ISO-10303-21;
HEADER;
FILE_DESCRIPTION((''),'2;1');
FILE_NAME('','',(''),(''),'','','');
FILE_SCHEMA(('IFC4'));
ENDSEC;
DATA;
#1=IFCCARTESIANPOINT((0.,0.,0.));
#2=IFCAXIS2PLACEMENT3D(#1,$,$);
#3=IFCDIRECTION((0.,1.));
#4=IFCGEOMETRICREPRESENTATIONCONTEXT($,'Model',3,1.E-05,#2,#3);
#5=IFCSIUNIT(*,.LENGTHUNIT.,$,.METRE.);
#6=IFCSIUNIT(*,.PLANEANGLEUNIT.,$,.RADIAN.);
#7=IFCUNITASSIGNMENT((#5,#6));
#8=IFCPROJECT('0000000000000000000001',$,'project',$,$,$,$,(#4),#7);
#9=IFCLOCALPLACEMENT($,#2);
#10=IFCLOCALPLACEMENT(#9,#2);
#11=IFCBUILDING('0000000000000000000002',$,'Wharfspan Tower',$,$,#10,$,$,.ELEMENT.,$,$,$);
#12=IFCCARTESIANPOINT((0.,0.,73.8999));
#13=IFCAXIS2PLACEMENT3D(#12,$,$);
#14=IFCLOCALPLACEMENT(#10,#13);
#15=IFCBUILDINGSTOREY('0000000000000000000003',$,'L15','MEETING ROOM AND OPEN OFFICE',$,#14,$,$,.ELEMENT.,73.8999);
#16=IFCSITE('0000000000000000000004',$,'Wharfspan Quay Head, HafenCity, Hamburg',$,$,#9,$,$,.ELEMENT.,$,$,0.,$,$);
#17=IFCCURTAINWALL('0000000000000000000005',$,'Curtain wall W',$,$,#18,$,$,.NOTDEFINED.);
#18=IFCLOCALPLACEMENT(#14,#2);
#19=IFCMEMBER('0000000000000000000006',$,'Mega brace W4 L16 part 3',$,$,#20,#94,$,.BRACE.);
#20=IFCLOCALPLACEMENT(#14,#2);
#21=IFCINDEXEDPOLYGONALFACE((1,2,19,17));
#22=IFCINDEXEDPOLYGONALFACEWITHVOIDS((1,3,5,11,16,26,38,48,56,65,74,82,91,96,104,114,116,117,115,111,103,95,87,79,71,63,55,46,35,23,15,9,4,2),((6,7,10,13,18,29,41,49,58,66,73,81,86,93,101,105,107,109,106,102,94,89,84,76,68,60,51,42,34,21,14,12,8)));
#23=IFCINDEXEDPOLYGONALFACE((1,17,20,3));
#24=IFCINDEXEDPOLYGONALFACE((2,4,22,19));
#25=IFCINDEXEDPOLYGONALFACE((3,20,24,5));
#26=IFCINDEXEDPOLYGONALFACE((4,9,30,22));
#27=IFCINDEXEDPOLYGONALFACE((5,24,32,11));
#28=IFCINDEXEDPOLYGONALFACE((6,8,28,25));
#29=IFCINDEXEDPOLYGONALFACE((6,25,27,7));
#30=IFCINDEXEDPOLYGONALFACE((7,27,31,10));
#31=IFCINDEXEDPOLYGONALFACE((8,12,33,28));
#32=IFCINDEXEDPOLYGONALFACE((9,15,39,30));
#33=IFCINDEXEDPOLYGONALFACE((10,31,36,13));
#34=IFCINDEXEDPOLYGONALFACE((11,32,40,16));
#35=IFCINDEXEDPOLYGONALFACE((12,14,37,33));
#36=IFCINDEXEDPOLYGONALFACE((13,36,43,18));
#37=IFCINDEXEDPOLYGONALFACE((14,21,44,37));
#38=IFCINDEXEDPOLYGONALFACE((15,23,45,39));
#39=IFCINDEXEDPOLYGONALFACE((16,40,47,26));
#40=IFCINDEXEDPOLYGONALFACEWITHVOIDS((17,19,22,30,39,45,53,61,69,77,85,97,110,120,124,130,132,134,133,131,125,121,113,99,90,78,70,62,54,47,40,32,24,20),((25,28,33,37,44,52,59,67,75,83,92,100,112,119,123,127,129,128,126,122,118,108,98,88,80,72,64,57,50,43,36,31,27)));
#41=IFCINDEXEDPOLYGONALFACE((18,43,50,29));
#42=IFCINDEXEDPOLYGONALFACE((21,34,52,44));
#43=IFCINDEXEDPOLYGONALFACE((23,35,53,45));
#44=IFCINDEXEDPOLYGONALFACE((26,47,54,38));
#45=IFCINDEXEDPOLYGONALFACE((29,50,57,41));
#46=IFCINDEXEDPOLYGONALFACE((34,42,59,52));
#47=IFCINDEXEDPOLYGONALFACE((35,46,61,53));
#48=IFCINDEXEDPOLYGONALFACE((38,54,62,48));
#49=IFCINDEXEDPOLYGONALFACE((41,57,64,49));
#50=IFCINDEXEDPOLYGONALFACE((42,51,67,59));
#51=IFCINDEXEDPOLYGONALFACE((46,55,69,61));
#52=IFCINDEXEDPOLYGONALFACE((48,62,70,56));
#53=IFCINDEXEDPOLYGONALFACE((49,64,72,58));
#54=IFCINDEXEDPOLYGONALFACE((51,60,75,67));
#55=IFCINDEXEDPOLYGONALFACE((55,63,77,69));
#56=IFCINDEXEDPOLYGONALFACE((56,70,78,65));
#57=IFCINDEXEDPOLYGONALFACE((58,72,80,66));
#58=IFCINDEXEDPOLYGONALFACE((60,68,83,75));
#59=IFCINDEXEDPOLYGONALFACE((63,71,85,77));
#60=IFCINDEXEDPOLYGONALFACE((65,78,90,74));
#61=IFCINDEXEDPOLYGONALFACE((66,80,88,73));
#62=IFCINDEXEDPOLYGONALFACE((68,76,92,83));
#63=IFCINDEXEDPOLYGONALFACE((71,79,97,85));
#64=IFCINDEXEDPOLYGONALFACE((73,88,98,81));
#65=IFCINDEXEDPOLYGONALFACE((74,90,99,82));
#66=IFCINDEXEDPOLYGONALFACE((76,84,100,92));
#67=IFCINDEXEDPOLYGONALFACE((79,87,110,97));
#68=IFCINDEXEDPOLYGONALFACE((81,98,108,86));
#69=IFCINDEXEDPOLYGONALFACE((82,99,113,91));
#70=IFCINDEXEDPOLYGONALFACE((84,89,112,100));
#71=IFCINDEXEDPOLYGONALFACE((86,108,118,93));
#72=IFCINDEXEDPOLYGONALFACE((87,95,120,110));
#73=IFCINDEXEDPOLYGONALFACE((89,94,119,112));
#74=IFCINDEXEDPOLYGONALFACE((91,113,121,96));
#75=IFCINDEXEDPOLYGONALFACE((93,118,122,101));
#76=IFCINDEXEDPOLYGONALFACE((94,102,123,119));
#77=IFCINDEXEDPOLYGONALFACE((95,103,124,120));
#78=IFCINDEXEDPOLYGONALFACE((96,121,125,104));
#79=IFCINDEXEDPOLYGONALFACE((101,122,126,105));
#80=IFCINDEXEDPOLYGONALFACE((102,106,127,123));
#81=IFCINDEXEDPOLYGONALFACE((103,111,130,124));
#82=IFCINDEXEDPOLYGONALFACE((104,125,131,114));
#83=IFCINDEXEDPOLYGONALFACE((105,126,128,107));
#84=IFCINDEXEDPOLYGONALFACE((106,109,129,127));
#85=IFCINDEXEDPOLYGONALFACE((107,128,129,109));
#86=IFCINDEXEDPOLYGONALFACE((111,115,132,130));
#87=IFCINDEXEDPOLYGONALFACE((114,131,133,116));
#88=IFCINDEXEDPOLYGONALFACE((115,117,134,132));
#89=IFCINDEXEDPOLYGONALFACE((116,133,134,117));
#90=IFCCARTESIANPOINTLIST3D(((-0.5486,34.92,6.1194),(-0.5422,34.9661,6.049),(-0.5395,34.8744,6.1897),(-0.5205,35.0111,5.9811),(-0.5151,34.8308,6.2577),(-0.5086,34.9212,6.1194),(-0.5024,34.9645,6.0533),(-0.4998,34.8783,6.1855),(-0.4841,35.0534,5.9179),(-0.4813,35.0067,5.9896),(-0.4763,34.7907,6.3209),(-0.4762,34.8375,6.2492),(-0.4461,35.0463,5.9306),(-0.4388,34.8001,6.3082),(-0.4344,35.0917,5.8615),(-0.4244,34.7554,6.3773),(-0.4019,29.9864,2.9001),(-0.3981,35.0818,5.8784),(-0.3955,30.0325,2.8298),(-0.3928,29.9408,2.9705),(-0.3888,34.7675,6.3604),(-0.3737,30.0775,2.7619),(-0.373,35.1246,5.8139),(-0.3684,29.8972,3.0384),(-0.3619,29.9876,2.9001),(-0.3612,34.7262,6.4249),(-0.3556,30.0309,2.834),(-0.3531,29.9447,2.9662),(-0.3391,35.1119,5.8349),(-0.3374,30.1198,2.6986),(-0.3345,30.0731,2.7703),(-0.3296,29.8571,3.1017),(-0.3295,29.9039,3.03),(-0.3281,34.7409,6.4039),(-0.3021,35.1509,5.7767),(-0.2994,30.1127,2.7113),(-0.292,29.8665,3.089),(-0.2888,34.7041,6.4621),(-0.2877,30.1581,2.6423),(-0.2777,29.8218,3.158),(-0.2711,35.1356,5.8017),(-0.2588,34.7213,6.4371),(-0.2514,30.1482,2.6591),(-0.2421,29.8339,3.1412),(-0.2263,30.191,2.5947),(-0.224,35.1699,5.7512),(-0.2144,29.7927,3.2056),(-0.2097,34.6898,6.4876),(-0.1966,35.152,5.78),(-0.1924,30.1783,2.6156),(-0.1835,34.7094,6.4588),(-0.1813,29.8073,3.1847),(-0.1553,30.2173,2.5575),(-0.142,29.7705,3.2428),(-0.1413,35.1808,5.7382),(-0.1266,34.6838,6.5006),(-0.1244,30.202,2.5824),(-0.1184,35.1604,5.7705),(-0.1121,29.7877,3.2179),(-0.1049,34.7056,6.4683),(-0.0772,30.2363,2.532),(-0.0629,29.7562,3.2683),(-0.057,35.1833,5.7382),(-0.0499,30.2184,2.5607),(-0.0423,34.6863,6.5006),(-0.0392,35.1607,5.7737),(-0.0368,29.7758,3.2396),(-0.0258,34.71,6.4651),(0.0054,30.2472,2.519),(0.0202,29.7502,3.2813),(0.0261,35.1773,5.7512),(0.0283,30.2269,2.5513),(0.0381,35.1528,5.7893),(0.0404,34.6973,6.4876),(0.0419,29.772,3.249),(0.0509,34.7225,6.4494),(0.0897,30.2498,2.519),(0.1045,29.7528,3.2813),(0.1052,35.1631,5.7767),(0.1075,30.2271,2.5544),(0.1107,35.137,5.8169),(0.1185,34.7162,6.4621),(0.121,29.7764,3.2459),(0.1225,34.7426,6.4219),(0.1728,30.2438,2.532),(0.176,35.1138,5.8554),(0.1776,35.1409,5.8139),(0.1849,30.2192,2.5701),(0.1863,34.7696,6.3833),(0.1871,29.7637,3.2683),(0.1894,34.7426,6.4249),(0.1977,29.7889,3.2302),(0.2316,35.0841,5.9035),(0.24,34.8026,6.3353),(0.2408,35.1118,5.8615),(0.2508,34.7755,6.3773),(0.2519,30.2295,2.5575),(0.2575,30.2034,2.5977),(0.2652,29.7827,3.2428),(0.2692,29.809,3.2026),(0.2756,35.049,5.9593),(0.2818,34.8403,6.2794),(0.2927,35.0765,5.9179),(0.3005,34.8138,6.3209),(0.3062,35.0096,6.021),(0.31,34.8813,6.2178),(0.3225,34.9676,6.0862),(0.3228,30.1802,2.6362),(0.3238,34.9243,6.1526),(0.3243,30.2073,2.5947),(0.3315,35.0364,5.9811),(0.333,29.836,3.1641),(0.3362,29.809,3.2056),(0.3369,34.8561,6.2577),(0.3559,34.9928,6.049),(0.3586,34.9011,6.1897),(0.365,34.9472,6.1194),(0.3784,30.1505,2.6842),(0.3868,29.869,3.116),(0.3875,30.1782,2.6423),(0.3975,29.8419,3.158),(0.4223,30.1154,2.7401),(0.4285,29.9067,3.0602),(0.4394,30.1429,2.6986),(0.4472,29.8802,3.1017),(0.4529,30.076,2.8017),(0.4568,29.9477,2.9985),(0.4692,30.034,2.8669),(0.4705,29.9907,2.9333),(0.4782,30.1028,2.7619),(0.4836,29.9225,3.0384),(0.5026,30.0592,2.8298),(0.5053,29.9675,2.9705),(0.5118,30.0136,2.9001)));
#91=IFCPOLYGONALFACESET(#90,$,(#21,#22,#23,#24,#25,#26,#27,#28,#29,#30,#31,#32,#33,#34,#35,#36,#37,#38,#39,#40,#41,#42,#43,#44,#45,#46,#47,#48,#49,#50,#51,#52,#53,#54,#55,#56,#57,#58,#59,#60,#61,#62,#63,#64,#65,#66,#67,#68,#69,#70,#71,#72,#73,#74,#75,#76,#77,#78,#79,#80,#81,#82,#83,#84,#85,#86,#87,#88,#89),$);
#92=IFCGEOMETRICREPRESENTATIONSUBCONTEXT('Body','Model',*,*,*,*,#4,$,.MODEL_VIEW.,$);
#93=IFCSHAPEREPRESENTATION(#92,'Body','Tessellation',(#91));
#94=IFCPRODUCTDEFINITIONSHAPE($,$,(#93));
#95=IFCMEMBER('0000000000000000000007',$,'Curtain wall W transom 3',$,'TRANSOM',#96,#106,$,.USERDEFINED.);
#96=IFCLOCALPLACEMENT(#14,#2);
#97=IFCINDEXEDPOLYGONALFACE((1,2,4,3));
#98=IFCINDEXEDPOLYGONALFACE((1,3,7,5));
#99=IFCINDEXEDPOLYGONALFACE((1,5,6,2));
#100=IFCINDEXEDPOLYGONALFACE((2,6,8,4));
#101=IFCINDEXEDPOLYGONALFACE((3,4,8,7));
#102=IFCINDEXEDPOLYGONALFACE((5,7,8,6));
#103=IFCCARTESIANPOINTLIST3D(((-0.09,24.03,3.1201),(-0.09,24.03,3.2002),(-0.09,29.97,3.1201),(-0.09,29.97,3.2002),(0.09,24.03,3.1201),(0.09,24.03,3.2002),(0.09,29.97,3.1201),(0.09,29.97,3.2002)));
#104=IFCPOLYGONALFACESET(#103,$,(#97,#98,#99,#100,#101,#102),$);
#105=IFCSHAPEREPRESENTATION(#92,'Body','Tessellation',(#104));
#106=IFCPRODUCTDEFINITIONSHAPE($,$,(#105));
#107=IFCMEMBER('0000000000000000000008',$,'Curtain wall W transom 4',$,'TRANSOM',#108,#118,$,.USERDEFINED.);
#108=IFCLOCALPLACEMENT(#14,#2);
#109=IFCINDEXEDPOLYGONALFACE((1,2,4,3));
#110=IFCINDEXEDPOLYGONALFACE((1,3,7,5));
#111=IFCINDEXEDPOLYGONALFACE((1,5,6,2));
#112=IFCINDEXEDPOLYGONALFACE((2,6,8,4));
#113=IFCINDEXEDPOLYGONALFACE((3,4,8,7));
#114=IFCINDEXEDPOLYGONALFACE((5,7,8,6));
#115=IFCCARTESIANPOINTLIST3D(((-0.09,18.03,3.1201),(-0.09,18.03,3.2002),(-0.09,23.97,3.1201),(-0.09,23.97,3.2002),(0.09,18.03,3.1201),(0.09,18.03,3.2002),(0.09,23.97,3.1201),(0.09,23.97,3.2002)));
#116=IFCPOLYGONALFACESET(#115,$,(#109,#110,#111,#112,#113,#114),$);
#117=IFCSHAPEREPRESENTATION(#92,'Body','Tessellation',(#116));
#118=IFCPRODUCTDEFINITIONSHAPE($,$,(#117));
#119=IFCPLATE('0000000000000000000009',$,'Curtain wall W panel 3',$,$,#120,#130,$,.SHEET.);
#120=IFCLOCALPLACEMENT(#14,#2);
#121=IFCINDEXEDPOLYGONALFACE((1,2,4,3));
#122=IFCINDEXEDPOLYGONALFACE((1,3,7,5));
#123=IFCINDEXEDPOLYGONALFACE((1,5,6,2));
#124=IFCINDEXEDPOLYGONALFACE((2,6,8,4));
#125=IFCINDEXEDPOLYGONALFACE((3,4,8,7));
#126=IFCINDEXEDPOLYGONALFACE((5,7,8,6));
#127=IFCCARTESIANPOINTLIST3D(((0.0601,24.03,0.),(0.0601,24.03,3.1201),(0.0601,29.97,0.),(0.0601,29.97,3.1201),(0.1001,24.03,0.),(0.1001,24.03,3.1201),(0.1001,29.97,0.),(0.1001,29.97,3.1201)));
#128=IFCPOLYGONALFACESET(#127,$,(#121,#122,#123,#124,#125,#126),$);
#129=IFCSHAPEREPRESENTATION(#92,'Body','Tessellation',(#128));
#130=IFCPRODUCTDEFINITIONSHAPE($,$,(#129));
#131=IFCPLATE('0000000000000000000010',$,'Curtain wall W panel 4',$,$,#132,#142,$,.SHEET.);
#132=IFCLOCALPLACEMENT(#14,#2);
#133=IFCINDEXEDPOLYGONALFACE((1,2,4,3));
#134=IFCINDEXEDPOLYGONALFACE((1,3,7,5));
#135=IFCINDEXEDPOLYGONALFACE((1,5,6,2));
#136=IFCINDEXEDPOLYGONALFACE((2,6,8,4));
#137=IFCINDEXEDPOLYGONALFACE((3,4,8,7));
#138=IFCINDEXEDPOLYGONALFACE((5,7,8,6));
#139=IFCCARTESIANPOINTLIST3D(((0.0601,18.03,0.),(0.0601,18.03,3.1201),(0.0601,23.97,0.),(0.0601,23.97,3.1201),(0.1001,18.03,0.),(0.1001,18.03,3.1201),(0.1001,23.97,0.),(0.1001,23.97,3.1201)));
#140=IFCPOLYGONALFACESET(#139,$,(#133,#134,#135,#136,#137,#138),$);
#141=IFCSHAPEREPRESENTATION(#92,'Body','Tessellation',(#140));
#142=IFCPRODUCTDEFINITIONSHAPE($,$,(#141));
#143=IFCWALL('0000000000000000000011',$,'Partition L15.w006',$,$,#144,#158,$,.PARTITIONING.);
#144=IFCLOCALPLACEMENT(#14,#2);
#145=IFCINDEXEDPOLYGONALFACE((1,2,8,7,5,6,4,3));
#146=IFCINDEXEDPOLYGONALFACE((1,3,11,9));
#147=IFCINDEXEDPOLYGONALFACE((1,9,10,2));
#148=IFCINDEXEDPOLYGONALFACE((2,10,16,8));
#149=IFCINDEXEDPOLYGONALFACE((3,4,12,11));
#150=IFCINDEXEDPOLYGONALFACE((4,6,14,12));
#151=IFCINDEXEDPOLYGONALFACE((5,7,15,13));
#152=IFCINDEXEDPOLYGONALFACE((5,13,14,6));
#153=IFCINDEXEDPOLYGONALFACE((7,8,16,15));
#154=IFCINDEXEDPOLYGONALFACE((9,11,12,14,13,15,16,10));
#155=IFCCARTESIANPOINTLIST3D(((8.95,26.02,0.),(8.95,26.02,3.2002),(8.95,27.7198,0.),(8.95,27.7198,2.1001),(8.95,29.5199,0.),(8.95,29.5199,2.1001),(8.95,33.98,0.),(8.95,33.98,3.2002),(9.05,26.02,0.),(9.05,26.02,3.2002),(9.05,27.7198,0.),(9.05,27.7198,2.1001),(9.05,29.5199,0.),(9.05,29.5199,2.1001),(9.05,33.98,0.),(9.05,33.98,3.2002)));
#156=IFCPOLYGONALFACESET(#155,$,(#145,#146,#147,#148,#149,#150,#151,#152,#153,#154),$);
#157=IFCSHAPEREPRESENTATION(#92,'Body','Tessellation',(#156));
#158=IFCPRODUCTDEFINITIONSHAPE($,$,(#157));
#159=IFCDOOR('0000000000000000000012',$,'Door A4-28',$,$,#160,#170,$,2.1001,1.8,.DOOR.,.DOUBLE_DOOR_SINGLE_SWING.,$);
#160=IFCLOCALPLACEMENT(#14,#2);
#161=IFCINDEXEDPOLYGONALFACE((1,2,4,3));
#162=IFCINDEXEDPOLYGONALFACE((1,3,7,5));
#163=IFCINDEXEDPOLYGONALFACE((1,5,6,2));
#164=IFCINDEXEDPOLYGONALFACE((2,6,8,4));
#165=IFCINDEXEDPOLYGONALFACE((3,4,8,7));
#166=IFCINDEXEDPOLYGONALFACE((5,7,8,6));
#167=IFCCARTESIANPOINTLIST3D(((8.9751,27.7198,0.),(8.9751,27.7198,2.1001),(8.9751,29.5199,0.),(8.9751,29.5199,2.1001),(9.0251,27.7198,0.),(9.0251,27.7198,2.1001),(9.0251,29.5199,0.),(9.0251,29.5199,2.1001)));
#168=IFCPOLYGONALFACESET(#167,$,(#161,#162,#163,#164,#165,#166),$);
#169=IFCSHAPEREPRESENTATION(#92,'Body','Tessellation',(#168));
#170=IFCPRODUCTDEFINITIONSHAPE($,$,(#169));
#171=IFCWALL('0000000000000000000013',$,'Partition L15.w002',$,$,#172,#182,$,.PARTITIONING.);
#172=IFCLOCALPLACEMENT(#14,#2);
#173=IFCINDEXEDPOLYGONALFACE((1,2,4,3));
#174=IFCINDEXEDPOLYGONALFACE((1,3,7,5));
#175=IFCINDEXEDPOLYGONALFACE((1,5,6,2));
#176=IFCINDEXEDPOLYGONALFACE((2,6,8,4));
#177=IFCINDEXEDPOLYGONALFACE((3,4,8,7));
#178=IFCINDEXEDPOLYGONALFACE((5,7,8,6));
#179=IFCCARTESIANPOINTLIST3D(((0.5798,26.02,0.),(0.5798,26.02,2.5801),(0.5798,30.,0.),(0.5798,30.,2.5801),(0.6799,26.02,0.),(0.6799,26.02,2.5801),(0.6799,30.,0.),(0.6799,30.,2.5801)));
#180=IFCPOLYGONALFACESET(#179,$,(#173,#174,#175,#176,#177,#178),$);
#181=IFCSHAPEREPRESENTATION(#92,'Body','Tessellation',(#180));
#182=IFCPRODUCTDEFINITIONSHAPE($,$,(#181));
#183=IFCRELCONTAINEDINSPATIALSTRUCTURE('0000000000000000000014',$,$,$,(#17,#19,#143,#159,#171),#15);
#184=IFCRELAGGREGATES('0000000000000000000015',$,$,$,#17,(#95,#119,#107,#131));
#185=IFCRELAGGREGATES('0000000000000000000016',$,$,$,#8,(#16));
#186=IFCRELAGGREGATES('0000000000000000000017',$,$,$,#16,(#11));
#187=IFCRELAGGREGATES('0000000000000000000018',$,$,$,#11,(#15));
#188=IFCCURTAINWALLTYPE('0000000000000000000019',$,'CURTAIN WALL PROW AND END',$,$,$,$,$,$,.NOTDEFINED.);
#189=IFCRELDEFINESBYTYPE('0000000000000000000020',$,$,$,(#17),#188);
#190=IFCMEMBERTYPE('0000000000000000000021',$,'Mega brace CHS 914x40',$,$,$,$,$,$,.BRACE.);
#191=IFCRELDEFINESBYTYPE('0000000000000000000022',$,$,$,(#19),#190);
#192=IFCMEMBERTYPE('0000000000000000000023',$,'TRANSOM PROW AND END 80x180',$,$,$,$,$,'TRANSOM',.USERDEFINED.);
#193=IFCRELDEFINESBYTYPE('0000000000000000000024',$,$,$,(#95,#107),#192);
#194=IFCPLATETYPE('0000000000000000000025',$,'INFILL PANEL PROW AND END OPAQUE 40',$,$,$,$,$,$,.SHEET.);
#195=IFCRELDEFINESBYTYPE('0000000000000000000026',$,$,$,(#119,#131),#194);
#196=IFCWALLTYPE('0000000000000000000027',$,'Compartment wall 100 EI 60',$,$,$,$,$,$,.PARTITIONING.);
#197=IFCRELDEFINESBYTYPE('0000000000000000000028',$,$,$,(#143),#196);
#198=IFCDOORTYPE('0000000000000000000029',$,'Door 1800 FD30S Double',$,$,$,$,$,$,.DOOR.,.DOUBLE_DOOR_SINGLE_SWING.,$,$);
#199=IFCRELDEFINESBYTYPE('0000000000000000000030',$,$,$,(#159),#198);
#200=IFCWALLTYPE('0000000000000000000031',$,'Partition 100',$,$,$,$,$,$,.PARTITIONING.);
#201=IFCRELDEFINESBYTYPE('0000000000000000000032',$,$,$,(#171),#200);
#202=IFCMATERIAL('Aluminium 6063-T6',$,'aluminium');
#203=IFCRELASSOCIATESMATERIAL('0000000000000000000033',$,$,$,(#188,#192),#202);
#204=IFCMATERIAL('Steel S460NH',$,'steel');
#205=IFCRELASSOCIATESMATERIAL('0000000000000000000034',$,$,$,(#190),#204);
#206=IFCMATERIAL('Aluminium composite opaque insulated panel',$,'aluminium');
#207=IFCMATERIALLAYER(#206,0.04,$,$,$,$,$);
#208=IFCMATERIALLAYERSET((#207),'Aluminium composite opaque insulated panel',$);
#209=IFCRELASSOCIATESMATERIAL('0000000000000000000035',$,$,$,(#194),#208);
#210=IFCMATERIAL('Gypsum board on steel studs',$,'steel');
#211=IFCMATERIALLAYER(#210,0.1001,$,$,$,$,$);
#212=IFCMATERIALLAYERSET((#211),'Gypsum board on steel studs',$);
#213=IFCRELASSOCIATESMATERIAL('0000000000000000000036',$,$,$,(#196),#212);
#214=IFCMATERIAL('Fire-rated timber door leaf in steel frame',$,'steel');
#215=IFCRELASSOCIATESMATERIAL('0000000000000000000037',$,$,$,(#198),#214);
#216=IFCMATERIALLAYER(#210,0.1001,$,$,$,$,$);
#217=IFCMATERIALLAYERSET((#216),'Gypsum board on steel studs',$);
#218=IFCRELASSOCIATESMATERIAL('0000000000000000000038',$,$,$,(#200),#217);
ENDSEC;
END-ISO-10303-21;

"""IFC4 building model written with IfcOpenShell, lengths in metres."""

from ifc_helpers import new_model, si_unit, direction, frame, frame_2d, origin, origin_2d, place, context, subcontext, project, spatial, rectangle, hollow_circle, extrude, material, layer, layer_set, material_profile, profile_set, type_object, element, fill, aggregate, save


model = new_model("IFC4")

# Units and contexts
model_context = context("Model", 3, precision=1e-05, world=origin(), true_north=direction((0.0, 1.0)))
body_context = subcontext(model_context, "Body", "Model", "MODEL_VIEW")
ifc_project = project(units=[si_unit("LENGTHUNIT", "METRE"), si_unit("PLANEANGLEUNIT", "RADIAN")], contexts=[model_context])

# Site, building, storey
site_placement = place(None, origin())
site = spatial("IfcSite", under=ifc_project, at=site_placement, Name="Wharfspan Quay Head, HafenCity, Hamburg", CompositionType="ELEMENT", RefElevation=0.0)
building_placement = place(site_placement, origin())
building = spatial("IfcBuilding", under=site, at=building_placement, Name="Wharfspan Tower", CompositionType="ELEMENT")
storey_placement = place(building_placement, frame((0.0, 0.0, 73.8999)))
storey = spatial("IfcBuildingStorey", under=building, at=storey_placement, Name="L15", Description="MEETING ROOM AND OPEN OFFICE", CompositionType="ELEMENT", Elevation=73.8999)

# Curtain wall
ifc_material_1 = material(Name="Aluminium 6063-T6", Category="aluminium")
curtain_wall_type = type_object("IfcCurtainWallType", Name="CURTAIN WALL PROW AND END", PredefinedType="NOTDEFINED", material=ifc_material_1)
curtain_wall_placement = place(storey_placement, origin())
curtain_wall = element("IfcCurtainWall", 1, at=curtain_wall_placement, inside=storey, type_object=curtain_wall_type, Name="Curtain wall W", PredefinedType="NOTDEFINED")

# Member
ifc_material_2 = material(Name="Steel S460NH", Category="steel")
ifc_material_profile_1 = material_profile(ifc_material_2, hollow_circle(Radius=0.457, WallThickness=0.04, at=origin_2d()))
ifc_profile_set_1 = profile_set([ifc_material_profile_1], Name="Steel S460NH")
member_type_1 = type_object("IfcMemberType", Name="Mega brace CHS 914x40", PredefinedType="BRACE", material=ifc_profile_set_1)
member_1_placement = place(storey_placement, frame((0.0549, 30.0, 2.9001), z_axis=(-0.0249, 0.837221, 0.546298), x_axis=(-0.999556, -0.02973, 0.000003)))
element("IfcMember", 2, at=member_1_placement, inside=storey, type_object=member_type_1, Name="Mega brace W4 L16 part 3", PredefinedType="BRACE", context=body_context, shape_type="SweptSolid", body=[
    extrude(hollow_circle(Radius=0.457, WallThickness=0.04, at=origin_2d()), origin(), (0.0, 0.0, 1.0), 5.8928),
])

# Members
ifc_material_profile_2 = material_profile(ifc_material_1, rectangle(XDim=0.1799, YDim=0.0801, at=origin_2d()))
ifc_profile_set_2 = profile_set([ifc_material_profile_2], Name="Aluminium 6063-T6")
member_type_2 = type_object("IfcMemberType", Name="TRANSOM PROW AND END 80x180", ElementType="TRANSOM", PredefinedType="USERDEFINED", material=ifc_profile_set_2)
member_2_placement = place(storey_placement, frame((0.0, 29.97, 3.1602), z_axis=(0.0, -1.0, 0.0), x_axis=(1.0, 0.0, 0.0)))
member_2 = element("IfcMember", 3, at=member_2_placement, type_object=member_type_2, Name="Curtain wall W transom 3", ObjectType="TRANSOM", PredefinedType="USERDEFINED", context=body_context, shape_type="SweptSolid", body=[
    extrude(rectangle(XDim=0.1799, YDim=0.0801, at=origin_2d()), origin(), (0.0, 0.0, 1.0), 5.9399),
])
member_3_placement = place(storey_placement, frame((0.0, 23.97, 3.1602), z_axis=(0.0, -1.0, 0.0), x_axis=(1.0, 0.0, 0.0)))
member_3 = element("IfcMember", 4, at=member_3_placement, type_object=member_type_2, Name="Curtain wall W transom 4", ObjectType="TRANSOM", PredefinedType="USERDEFINED", context=body_context, shape_type="SweptSolid", body=[
    extrude(rectangle(XDim=0.1799, YDim=0.0801, at=origin_2d()), origin(), (0.0, 0.0, 1.0), 5.9399),
])

# Plates
ifc_material_3 = material(Name="Aluminium composite opaque insulated panel", Category="aluminium")
ifc_layer_1 = layer(ifc_material_3, 0.04)
ifc_layer_set_1 = layer_set([ifc_layer_1], Name="Aluminium composite opaque insulated panel")
plate_type = type_object("IfcPlateType", Name="INFILL PANEL PROW AND END OPAQUE 40", PredefinedType="SHEET", material=ifc_layer_set_1)
plate_1_placement = place(storey_placement, frame((0.0801, 27.0, 0.0), z_axis=(0.0, 0.0, 1.0), x_axis=(0.0, -1.0, 0.0)))
plate_1 = element("IfcPlate", 5, at=plate_1_placement, type_object=plate_type, Name="Curtain wall W panel 3", PredefinedType="SHEET", context=body_context, shape_type="SweptSolid", body=[
    extrude(rectangle(XDim=5.9399, YDim=0.04, at=origin_2d()), origin(), (0.0, 0.0, 1.0), 3.1201),
])
plate_2_placement = place(storey_placement, frame((0.0801, 21.0, 0.0), z_axis=(0.0, 0.0, 1.0), x_axis=(0.0, -1.0, 0.0)))
plate_2 = element("IfcPlate", 6, at=plate_2_placement, type_object=plate_type, Name="Curtain wall W panel 4", PredefinedType="SHEET", context=body_context, shape_type="SweptSolid", body=[
    extrude(rectangle(XDim=5.9399, YDim=0.04, at=origin_2d()), origin(), (0.0, 0.0, 1.0), 3.1201),
])
aggregate(curtain_wall, [member_2, plate_1, member_3, plate_2])

# Wall, opening, door
ifc_material_4 = material(Name="Gypsum board on steel studs", Category="steel")
ifc_layer_2 = layer(ifc_material_4, 0.1001)
ifc_layer_set_2 = layer_set([ifc_layer_2], Name="Gypsum board on steel studs")
wall_type_1 = type_object("IfcWallType", Name="Compartment wall 100 EI 60", PredefinedType="PARTITIONING", material=ifc_layer_set_2)
wall_1_placement = place(storey_placement, frame((9.0, 26.02, 0.0), z_axis=(0.0, 0.0, 1.0), x_axis=(0.0, 1.0, 0.0)))
wall_1 = element("IfcWall", 7, at=wall_1_placement, inside=storey, type_object=wall_type_1, Name="Partition L15.w006", PredefinedType="PARTITIONING", context=body_context, shape_type="SweptSolid", body=[
    extrude(rectangle(XDim=7.96, YDim=0.1001, at=frame_2d((3.98, 0.0))), origin(), (0.0, 0.0, 1.0), 3.2002),
])
opening_1_placement = place(wall_1_placement, frame((1.7, 0.0, 0.0)))
opening_1 = element("IfcOpeningElement", 8, at=opening_1_placement, cuts=wall_1, PredefinedType="OPENING", context=body_context, shape_type="SweptSolid", body=[
    extrude(rectangle(XDim=1.8, YDim=2.1001, at=frame_2d((0.8999, 1.05))), frame((0.0, 0.0601, 0.0), z_axis=(0.0, -1.0, 0.0), x_axis=(1.0, 0.0, 0.0)), (0.0, 0.0, 1.0), 0.1201),
])
ifc_material_5 = material(Name="Fire-rated timber door leaf in steel frame", Category="steel")
door_type_1 = type_object("IfcDoorType", Name="Door 1800 FD30S Double", OperationType="DOUBLE_DOOR_SINGLE_SWING", PredefinedType="DOOR", material=ifc_material_5)
door_1_placement = place(opening_1_placement, origin())
door_1 = element("IfcDoor", 9, at=door_1_placement, inside=storey, type_object=door_type_1, Name="Door A4-28", OperationType="DOUBLE_DOOR_SINGLE_SWING", OverallHeight=2.1001, OverallWidth=1.8, PredefinedType="DOOR", context=body_context, shape_type="SweptSolid", body=[
    extrude(rectangle(XDim=1.8, YDim=2.1001, at=frame_2d((0.8999, 1.05))), frame((0.0, 0.0249, 0.0), z_axis=(0.0, -1.0, 0.0), x_axis=(1.0, 0.0, 0.0)), (0.0, 0.0, 1.0), 0.05),
])
fill(opening_1, door_1)

# Wall
ifc_layer_3 = layer(ifc_material_4, 0.1001)
ifc_layer_set_3 = layer_set([ifc_layer_3], Name="Gypsum board on steel studs")
wall_type_2 = type_object("IfcWallType", Name="Partition 100", PredefinedType="PARTITIONING", material=ifc_layer_set_3)
wall_2_placement = place(storey_placement, frame((0.6299, 26.02, 0.0), z_axis=(0.0, 0.0, 1.0), x_axis=(0.0, 1.0, 0.0)))
element("IfcWall", 10, at=wall_2_placement, inside=storey, type_object=wall_type_2, Name="Partition L15.w002", PredefinedType="PARTITIONING", context=body_context, shape_type="SweptSolid", body=[
    extrude(rectangle(XDim=3.98, YDim=0.1001, at=frame_2d((1.99, 0.0))), origin(), (0.0, 0.0, 1.0), 2.5801),
])

save(model, "model.ifc")
